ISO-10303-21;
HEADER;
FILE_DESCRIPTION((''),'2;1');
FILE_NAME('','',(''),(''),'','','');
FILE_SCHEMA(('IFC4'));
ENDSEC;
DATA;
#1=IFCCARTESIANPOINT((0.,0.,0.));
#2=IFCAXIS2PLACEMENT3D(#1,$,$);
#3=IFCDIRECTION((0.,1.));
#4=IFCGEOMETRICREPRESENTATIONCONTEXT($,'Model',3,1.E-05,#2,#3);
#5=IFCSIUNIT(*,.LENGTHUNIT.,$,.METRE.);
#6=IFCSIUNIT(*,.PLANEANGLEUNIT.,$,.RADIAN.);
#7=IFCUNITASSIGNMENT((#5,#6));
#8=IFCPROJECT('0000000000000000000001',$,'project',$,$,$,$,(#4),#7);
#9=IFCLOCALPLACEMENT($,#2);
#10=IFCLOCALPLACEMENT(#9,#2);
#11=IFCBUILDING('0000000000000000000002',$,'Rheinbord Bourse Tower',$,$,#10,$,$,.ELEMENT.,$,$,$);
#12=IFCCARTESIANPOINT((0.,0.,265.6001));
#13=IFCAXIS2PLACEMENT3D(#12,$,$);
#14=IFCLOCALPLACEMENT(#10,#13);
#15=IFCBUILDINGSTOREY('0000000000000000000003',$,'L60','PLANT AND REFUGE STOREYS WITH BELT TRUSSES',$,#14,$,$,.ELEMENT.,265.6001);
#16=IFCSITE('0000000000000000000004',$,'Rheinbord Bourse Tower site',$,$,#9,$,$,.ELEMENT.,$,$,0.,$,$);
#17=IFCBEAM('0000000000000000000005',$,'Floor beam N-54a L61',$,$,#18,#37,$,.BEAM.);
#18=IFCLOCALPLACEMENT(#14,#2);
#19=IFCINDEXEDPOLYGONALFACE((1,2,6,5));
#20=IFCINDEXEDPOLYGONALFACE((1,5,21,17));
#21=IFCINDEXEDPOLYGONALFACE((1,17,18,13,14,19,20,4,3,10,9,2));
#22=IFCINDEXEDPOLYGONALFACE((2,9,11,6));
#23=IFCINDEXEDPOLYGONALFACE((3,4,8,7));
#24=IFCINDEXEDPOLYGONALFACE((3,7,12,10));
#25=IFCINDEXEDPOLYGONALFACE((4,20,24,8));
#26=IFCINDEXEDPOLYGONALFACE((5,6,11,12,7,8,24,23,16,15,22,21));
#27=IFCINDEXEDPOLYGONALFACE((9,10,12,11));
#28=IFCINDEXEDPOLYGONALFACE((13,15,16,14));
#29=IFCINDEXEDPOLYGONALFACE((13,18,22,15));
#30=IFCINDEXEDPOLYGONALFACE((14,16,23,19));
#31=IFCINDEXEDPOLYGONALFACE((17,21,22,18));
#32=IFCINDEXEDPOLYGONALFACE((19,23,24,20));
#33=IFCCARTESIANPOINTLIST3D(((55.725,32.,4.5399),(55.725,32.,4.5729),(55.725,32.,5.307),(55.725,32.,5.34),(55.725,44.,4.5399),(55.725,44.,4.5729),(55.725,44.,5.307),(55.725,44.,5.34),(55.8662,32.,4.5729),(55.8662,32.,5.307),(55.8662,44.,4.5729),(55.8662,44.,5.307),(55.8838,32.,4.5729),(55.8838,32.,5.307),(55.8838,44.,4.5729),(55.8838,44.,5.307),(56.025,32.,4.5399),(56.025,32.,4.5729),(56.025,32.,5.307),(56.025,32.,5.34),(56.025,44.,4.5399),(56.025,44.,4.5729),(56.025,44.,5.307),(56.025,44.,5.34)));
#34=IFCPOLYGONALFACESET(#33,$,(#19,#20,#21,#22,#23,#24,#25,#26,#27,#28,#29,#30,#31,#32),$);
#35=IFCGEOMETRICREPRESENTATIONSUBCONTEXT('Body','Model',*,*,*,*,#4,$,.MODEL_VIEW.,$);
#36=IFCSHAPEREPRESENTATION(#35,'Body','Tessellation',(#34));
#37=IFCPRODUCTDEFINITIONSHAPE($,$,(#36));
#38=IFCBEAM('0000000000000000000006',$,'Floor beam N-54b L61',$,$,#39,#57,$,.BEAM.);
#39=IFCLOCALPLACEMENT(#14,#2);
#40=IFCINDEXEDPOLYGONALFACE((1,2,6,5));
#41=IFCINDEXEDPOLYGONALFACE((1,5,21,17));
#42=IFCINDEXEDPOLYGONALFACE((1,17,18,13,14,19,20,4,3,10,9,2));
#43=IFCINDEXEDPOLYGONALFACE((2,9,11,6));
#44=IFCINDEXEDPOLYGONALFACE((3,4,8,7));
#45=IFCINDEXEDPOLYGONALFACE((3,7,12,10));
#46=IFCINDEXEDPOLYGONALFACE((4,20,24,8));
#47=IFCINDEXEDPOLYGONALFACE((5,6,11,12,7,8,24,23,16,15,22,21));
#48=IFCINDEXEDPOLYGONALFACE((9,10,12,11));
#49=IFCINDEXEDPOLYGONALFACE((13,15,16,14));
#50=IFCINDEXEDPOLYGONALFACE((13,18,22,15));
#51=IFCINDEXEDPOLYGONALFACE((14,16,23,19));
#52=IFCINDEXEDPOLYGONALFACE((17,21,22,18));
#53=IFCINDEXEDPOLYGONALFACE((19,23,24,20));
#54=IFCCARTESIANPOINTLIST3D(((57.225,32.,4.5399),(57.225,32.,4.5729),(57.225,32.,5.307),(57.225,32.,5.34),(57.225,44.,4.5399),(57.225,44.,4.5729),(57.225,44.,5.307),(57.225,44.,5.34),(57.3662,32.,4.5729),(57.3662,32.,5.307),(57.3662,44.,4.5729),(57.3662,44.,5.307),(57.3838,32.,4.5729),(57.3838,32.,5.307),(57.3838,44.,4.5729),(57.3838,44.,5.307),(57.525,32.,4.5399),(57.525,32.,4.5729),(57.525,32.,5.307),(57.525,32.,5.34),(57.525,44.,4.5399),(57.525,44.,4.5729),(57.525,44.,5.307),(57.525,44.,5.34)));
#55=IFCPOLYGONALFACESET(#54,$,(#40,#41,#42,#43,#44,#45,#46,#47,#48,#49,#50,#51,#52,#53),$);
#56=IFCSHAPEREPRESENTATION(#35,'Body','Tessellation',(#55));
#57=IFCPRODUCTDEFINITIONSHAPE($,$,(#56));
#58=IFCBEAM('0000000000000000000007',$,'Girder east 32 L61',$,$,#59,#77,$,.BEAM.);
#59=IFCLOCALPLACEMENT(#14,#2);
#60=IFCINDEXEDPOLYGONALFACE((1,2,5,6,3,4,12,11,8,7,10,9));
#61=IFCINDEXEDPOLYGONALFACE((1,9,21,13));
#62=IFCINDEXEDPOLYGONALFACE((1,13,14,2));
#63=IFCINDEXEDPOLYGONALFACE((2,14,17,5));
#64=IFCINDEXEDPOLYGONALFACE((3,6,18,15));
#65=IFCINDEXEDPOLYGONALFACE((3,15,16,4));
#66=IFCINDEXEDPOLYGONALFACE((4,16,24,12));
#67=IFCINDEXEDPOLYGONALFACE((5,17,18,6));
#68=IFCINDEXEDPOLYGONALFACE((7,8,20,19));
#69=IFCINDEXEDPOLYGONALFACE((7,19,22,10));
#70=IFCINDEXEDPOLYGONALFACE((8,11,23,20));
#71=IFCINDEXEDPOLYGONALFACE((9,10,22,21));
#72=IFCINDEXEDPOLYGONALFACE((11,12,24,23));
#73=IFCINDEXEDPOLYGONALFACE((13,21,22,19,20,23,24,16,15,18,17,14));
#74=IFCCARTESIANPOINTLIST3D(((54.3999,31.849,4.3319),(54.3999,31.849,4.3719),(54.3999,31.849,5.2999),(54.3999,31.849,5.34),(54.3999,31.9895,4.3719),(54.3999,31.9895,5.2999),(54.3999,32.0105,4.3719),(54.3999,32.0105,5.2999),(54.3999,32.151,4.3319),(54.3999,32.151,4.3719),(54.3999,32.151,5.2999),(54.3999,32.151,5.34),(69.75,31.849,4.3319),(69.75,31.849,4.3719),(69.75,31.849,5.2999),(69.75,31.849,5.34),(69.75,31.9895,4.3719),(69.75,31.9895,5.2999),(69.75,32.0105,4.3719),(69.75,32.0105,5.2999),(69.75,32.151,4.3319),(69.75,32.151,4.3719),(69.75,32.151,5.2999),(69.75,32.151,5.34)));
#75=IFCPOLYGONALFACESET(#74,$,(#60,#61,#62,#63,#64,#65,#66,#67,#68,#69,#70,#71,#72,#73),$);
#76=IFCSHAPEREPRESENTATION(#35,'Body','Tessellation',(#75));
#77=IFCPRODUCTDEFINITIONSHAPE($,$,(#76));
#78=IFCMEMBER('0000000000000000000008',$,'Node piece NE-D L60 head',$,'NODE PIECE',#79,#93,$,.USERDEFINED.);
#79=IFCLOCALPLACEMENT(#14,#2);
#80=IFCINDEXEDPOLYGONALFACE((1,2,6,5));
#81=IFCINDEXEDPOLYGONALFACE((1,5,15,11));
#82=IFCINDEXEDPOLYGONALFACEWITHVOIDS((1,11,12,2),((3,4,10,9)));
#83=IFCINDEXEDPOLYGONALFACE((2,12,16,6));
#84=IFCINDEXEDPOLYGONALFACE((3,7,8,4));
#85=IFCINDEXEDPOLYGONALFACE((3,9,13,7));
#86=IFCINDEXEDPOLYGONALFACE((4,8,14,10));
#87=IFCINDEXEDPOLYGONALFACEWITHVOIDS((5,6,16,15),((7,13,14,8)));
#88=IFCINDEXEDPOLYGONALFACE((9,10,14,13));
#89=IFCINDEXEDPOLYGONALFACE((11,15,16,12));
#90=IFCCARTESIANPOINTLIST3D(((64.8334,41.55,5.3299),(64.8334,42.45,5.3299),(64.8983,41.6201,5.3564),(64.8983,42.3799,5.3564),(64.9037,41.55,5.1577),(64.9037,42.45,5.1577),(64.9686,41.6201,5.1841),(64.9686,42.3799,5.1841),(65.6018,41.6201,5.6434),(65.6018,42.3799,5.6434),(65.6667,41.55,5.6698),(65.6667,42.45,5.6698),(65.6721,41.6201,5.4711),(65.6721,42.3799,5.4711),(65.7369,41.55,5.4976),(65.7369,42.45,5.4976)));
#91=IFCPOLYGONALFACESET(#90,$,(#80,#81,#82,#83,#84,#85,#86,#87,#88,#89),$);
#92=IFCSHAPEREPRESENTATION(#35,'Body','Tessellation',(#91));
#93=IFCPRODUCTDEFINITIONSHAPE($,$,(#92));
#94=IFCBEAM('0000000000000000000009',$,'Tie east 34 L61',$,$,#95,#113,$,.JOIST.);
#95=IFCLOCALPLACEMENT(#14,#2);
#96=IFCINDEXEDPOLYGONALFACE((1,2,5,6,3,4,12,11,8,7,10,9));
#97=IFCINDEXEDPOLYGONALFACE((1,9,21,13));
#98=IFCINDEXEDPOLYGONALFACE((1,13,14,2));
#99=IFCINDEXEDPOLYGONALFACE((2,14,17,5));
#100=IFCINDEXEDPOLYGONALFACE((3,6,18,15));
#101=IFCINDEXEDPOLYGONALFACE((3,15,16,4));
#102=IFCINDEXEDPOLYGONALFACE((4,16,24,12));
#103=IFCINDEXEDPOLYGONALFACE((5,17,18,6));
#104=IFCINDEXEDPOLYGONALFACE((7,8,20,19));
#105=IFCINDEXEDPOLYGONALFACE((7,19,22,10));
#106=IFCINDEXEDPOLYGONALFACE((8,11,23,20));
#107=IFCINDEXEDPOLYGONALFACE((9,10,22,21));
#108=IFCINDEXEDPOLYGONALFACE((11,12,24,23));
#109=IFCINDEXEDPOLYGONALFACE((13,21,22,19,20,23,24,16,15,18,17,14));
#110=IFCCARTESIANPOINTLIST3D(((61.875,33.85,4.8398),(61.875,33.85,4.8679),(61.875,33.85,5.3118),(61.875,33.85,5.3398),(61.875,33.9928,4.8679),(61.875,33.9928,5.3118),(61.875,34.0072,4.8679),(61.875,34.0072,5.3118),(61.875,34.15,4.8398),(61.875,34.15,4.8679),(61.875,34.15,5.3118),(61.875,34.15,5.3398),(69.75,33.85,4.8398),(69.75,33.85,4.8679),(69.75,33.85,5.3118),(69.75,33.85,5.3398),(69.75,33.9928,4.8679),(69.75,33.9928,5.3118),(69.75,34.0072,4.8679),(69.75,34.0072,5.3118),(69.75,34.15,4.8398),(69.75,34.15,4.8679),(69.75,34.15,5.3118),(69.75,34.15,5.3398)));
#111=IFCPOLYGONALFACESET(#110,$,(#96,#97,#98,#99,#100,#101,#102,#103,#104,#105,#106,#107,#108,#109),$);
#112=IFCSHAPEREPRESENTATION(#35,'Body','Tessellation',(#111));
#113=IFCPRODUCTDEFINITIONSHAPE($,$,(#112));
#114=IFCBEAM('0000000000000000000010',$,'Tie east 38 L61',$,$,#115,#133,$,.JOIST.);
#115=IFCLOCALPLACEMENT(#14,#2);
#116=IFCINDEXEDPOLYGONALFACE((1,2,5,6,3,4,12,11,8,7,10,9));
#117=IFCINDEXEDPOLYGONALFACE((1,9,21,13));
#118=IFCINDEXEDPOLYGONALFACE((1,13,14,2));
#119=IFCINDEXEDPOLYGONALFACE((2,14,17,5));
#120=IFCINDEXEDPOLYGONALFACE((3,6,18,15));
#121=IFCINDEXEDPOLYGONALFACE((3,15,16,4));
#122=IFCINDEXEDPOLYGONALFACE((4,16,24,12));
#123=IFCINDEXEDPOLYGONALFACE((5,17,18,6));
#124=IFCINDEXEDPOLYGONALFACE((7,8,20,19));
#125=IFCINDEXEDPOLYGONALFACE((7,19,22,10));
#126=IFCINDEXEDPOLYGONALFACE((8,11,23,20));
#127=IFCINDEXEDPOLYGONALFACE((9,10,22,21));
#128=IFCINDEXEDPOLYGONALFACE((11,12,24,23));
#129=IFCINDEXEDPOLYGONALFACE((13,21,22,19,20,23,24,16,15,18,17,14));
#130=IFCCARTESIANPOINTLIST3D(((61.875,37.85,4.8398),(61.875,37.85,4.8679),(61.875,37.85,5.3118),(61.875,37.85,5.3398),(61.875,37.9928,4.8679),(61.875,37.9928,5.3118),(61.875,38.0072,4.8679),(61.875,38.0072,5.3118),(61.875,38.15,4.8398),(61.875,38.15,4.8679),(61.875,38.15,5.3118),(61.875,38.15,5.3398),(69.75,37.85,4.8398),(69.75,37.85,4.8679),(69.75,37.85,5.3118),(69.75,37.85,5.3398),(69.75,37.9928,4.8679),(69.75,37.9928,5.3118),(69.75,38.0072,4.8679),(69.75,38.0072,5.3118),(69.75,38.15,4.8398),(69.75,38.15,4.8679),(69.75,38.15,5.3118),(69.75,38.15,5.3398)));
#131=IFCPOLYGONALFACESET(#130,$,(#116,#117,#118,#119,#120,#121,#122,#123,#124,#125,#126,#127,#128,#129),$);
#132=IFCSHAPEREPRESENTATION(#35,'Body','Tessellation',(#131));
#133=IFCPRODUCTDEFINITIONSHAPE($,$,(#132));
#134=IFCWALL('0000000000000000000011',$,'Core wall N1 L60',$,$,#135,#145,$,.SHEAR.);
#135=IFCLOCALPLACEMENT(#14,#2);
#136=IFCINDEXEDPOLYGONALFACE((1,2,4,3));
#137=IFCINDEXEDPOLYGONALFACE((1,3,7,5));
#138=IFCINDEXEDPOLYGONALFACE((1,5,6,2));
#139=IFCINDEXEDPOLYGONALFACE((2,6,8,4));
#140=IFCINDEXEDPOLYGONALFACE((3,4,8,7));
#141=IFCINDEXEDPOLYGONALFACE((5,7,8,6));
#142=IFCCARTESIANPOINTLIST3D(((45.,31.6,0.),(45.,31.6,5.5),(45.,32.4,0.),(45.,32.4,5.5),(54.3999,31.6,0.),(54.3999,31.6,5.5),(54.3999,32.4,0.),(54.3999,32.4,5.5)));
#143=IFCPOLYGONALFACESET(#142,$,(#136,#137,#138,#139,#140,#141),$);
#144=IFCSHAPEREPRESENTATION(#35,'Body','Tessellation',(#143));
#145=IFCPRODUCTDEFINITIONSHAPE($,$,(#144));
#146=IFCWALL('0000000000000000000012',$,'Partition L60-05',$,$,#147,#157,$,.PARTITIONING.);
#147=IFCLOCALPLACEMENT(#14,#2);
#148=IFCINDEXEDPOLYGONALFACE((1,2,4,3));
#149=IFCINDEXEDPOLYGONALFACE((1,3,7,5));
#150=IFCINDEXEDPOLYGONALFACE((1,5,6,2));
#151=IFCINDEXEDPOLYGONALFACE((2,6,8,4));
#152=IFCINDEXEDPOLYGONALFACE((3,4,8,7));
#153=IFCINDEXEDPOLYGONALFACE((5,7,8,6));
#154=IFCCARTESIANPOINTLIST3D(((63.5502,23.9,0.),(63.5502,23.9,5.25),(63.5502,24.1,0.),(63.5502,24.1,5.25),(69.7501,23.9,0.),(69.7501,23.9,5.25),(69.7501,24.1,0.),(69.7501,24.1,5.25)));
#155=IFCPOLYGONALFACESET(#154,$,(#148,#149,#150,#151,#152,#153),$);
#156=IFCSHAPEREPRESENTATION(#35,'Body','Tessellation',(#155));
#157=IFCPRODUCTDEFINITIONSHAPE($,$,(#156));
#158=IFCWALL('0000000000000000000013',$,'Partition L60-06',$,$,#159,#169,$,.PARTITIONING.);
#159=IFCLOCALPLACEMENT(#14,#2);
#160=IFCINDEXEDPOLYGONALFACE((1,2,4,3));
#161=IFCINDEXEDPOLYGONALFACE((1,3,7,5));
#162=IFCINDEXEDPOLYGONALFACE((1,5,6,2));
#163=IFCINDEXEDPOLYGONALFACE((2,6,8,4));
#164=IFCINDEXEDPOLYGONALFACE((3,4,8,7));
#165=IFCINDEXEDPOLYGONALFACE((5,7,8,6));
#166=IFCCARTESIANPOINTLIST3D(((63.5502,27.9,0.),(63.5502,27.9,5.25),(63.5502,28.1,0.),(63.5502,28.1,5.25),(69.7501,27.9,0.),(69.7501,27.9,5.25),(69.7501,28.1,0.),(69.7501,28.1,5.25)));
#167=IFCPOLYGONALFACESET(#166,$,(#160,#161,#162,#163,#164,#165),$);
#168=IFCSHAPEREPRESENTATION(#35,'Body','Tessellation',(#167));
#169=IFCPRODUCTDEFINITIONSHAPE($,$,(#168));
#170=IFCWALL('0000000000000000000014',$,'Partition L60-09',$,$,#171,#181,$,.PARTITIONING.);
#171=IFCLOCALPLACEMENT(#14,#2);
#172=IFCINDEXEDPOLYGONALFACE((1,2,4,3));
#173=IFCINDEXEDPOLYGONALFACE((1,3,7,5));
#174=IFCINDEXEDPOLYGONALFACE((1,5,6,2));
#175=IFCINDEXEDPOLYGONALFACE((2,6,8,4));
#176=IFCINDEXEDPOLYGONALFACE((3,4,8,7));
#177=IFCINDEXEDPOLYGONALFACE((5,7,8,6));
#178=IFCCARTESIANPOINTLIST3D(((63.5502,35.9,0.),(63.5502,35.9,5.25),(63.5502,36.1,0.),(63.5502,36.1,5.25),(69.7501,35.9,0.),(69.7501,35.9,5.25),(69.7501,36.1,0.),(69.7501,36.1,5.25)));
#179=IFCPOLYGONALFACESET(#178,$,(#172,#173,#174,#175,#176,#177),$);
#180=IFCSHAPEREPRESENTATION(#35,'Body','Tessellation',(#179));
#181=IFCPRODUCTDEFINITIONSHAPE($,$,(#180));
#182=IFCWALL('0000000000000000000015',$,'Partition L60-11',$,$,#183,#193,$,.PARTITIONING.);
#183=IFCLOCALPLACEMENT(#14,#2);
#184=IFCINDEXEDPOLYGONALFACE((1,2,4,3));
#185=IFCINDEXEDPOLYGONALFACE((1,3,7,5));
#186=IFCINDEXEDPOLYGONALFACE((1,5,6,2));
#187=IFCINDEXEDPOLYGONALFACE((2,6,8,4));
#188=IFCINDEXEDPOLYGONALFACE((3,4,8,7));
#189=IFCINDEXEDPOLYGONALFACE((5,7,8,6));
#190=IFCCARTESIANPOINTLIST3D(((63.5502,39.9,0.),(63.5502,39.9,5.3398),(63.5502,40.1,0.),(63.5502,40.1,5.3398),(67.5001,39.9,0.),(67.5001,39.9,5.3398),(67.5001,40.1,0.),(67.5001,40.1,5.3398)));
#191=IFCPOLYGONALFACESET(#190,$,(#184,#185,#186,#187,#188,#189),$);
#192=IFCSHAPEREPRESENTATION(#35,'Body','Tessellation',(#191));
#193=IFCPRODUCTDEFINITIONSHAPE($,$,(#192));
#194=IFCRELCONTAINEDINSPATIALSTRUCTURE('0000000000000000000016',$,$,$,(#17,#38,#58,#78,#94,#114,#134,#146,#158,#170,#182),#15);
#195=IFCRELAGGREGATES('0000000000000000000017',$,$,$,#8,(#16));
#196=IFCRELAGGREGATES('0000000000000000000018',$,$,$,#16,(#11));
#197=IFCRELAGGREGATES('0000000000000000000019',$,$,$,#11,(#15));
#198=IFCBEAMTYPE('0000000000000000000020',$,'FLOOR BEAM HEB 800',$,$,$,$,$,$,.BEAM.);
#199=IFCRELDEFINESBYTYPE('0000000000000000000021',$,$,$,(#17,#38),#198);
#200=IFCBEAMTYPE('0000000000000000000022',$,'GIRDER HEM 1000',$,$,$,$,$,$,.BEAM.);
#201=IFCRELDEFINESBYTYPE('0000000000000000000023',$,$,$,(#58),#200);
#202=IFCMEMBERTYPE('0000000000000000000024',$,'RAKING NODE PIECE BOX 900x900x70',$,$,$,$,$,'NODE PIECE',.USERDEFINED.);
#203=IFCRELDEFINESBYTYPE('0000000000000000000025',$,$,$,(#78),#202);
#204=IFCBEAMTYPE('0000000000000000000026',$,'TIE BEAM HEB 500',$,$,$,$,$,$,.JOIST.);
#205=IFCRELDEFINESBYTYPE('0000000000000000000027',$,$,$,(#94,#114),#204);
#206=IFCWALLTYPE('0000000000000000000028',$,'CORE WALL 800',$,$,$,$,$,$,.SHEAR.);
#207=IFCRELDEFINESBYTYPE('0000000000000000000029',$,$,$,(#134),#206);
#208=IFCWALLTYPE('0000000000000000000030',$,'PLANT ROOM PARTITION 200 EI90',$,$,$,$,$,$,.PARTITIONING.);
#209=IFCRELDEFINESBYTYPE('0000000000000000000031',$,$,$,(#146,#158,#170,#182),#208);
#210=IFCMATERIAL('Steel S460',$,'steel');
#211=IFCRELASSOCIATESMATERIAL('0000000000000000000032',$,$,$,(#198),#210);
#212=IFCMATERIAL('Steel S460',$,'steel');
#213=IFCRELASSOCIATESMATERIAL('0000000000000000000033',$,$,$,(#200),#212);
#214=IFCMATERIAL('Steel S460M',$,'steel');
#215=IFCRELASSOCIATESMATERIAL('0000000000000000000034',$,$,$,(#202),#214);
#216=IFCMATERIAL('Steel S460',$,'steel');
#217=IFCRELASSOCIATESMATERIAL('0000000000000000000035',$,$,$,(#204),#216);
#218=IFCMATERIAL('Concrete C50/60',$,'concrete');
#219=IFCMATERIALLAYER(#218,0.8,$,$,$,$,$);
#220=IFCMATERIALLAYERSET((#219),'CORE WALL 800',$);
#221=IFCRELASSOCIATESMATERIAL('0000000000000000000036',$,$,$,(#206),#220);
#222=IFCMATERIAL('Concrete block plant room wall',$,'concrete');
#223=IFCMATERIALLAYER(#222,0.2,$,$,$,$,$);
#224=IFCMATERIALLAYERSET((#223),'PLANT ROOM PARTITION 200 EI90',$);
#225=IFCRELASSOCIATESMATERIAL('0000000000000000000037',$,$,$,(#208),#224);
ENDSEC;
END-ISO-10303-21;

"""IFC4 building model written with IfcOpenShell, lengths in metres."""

from ifc_helpers import new_model, si_unit, direction, frame, frame_2d, origin, origin_2d, place, context, subcontext, project, spatial, rectangle, hollow_rectangle, i_section, extrude, material, layer, layer_set, material_profile, profile_set, type_object, element, save


model = new_model("IFC4")

# Units and contexts
model_context = context("Model", 3, precision=1e-05, world=origin(), true_north=direction((0.0, 1.0)))
body_context = subcontext(model_context, "Body", "Model", "MODEL_VIEW")
ifc_project = project(units=[si_unit("LENGTHUNIT", "METRE"), si_unit("PLANEANGLEUNIT", "RADIAN")], contexts=[model_context])

# Site, building, storey
site_placement = place(None, origin())
site = spatial("IfcSite", under=ifc_project, at=site_placement, Name="Rheinbord Bourse Tower site", CompositionType="ELEMENT", RefElevation=0.0)
building_placement = place(site_placement, origin())
building = spatial("IfcBuilding", under=site, at=building_placement, Name="Rheinbord Bourse Tower", CompositionType="ELEMENT")
storey_placement = place(building_placement, frame((0.0, 0.0, 265.6001)))
storey = spatial("IfcBuildingStorey", under=building, at=storey_placement, Name="L60", Description="PLANT AND REFUGE STOREYS WITH BELT TRUSSES", CompositionType="ELEMENT", Elevation=265.6001)

# Beams
ifc_material_1 = material(Name="Steel S460", Category="steel")
ifc_material_profile_1 = material_profile(ifc_material_1, i_section(OverallWidth=0.3, OverallDepth=0.8, WebThickness=0.0176, FlangeThickness=0.033, at=origin_2d()), Name="HEB 800")
ifc_profile_set_1 = profile_set([ifc_material_profile_1], Name="Steel S460")
beam_type_1 = type_object("IfcBeamType", Name="FLOOR BEAM HEB 800", PredefinedType="BEAM", material=ifc_profile_set_1)
for number, where, z_axis, x_axis, name in (
    (1, (55.875, 44.0, 4.9399), (0.0, -1.0, 0.0), (1.0, 0.0, 0.0), "Floor beam N-54a L61"),
    (2, (57.375, 44.0, 4.9399), (0.0, -1.0, 0.0), (1.0, 0.0, 0.0), "Floor beam N-54b L61"),
):
    element("IfcBeam", number, at=place(storey_placement, frame(where, z_axis=z_axis, x_axis=x_axis)), inside=storey, type_object=beam_type_1, Name=name, PredefinedType="BEAM", context=body_context, shape_type="SweptSolid", body=[
        extrude(i_section(OverallWidth=0.3, OverallDepth=0.8, WebThickness=0.0176, FlangeThickness=0.033, at=origin_2d()), origin(), (0.0, 0.0, 1.0), 12.0),
    ])
ifc_material_2 = material(Name="Steel S460", Category="steel")
ifc_material_profile_2 = material_profile(ifc_material_2, i_section(OverallWidth=0.302, OverallDepth=1.0081, WebThickness=0.021, FlangeThickness=0.04, at=origin_2d()), Name="HEM 1000")
ifc_profile_set_2 = profile_set([ifc_material_profile_2], Name="Steel S460")
beam_type_2 = type_object("IfcBeamType", Name="GIRDER HEM 1000", PredefinedType="BEAM", material=ifc_profile_set_2)
beam_1_placement = place(storey_placement, frame((54.3999, 32.0, 4.8359), z_axis=(1.0, 0.0, 0.0), x_axis=(0.0, 1.0, 0.0)))
element("IfcBeam", 3, at=beam_1_placement, inside=storey, type_object=beam_type_2, Name="Girder east 32 L61", PredefinedType="BEAM", context=body_context, shape_type="SweptSolid", body=[
    extrude(i_section(OverallWidth=0.302, OverallDepth=1.0081, WebThickness=0.021, FlangeThickness=0.04, at=origin_2d()), origin(), (0.0, 0.0, 1.0), 15.3501),
])

# Member
ifc_material_3 = material(Name="Steel S460M", Category="steel")
ifc_material_profile_3 = material_profile(ifc_material_3, hollow_rectangle(XDim=0.8999, YDim=0.8999, WallThickness=0.0701, at=origin_2d()), Name="BOX 900x900x70")
ifc_profile_set_3 = profile_set([ifc_material_profile_3], Name="Steel S460M")
member_type_1 = type_object("IfcMemberType", Name="RAKING NODE PIECE BOX 900x900x70", ElementType="NODE PIECE", PredefinedType="USERDEFINED", material=ifc_profile_set_3)
member_placement = place(storey_placement, frame((65.3203, 42.0, 5.3276), z_axis=(-0.377713, 0.0, 0.925923), x_axis=(0.0, -1.0, 0.0)))
element("IfcMember", 4, at=member_placement, inside=storey, type_object=member_type_1, Name="Node piece NE-D L60 head", ObjectType="NODE PIECE", PredefinedType="USERDEFINED", context=body_context, shape_type="SweptSolid", body=[
    extrude(hollow_rectangle(XDim=0.8999, YDim=0.8999, WallThickness=0.0701, at=origin_2d()), origin(), (0.0, 0.0, 1.0), 0.186),
])

# Beams
ifc_material_4 = material(Name="Steel S460", Category="steel")
ifc_material_profile_4 = material_profile(ifc_material_4, i_section(OverallWidth=0.3, OverallDepth=0.5, WebThickness=0.0144, FlangeThickness=0.0281, at=origin_2d()), Name="HEB 500")
ifc_profile_set_4 = profile_set([ifc_material_profile_4], Name="Steel S460")
beam_type_3 = type_object("IfcBeamType", Name="TIE BEAM HEB 500", PredefinedType="JOIST", material=ifc_profile_set_4)
for number, where, z_axis, x_axis, name in (
    (5, (61.875, 34.0, 5.0898), (1.0, 0.0, 0.0), (0.0, 1.0, 0.0), "Tie east 34 L61"),
    (6, (61.875, 38.0, 5.0898), (1.0, 0.0, 0.0), (0.0, 1.0, 0.0), "Tie east 38 L61"),
):
    element("IfcBeam", number, at=place(storey_placement, frame(where, z_axis=z_axis, x_axis=x_axis)), inside=storey, type_object=beam_type_3, Name=name, PredefinedType="JOIST", context=body_context, shape_type="SweptSolid", body=[
        extrude(i_section(OverallWidth=0.3, OverallDepth=0.5, WebThickness=0.0144, FlangeThickness=0.0281, at=origin_2d()), origin(), (0.0, 0.0, 1.0), 7.875),
    ])

# Walls
ifc_material_5 = material(Name="Concrete C50/60", Category="concrete")
ifc_layer_1 = layer(ifc_material_5, 0.8)
ifc_layer_set_1 = layer_set([ifc_layer_1], Name="CORE WALL 800")
wall_type_1 = type_object("IfcWallType", Name="CORE WALL 800", PredefinedType="SHEAR", material=ifc_layer_set_1)
wall_1_placement = place(storey_placement, frame((54.3999, 32.0, 0.0), z_axis=(0.0, 0.0, 1.0), x_axis=(-1.0, 0.0, 0.0)))
element("IfcWall", 7, at=wall_1_placement, inside=storey, type_object=wall_type_1, Name="Core wall N1 L60", PredefinedType="SHEAR", context=body_context, shape_type="SweptSolid", body=[
    extrude(rectangle(XDim=9.3999, YDim=0.8, at=frame_2d((4.7, 0.0))), origin(), (0.0, 0.0, 1.0), 5.5),
])
ifc_material_6 = material(Name="Concrete block plant room wall", Category="concrete")
ifc_layer_2 = layer(ifc_material_6, 0.2)
ifc_layer_set_2 = layer_set([ifc_layer_2], Name="PLANT ROOM PARTITION 200 EI90")
wall_type_2 = type_object("IfcWallType", Name="PLANT ROOM PARTITION 200 EI90", PredefinedType="PARTITIONING", material=ifc_layer_set_2)
for number, where, z_axis, x_axis, name in (
    (8, (63.55, 24.0, 0.0), (0.0, 0.0, 1.0), (1.0, 0.0, 0.0), "Partition L60-05"),
    (9, (63.55, 28.0, 0.0), (0.0, 0.0, 1.0), (1.0, 0.0, 0.0), "Partition L60-06"),
    (10, (63.55, 36.0, 0.0), (0.0, 0.0, 1.0), (1.0, 0.0, 0.0), "Partition L60-09"),
):
    element("IfcWall", number, at=place(storey_placement, frame(where, z_axis=z_axis, x_axis=x_axis)), inside=storey, type_object=wall_type_2, Name=name, PredefinedType="PARTITIONING", context=body_context, shape_type="SweptSolid", body=[
        extrude(rectangle(XDim=6.2, YDim=0.2, at=frame_2d((3.1001, 0.0))), origin(), (0.0, 0.0, 1.0), 5.25),
    ])
wall_2_placement = place(storey_placement, frame((63.55, 40.0, 0.0), z_axis=(0.0, 0.0, 1.0), x_axis=(1.0, 0.0, 0.0)))
element("IfcWall", 11, at=wall_2_placement, inside=storey, type_object=wall_type_2, Name="Partition L60-11", PredefinedType="PARTITIONING", context=body_context, shape_type="SweptSolid", body=[
    extrude(rectangle(XDim=3.95, YDim=0.2, at=frame_2d((1.9751, 0.0))), origin(), (0.0, 0.0, 1.0), 5.3398),
])

save(model, "model.ifc")
